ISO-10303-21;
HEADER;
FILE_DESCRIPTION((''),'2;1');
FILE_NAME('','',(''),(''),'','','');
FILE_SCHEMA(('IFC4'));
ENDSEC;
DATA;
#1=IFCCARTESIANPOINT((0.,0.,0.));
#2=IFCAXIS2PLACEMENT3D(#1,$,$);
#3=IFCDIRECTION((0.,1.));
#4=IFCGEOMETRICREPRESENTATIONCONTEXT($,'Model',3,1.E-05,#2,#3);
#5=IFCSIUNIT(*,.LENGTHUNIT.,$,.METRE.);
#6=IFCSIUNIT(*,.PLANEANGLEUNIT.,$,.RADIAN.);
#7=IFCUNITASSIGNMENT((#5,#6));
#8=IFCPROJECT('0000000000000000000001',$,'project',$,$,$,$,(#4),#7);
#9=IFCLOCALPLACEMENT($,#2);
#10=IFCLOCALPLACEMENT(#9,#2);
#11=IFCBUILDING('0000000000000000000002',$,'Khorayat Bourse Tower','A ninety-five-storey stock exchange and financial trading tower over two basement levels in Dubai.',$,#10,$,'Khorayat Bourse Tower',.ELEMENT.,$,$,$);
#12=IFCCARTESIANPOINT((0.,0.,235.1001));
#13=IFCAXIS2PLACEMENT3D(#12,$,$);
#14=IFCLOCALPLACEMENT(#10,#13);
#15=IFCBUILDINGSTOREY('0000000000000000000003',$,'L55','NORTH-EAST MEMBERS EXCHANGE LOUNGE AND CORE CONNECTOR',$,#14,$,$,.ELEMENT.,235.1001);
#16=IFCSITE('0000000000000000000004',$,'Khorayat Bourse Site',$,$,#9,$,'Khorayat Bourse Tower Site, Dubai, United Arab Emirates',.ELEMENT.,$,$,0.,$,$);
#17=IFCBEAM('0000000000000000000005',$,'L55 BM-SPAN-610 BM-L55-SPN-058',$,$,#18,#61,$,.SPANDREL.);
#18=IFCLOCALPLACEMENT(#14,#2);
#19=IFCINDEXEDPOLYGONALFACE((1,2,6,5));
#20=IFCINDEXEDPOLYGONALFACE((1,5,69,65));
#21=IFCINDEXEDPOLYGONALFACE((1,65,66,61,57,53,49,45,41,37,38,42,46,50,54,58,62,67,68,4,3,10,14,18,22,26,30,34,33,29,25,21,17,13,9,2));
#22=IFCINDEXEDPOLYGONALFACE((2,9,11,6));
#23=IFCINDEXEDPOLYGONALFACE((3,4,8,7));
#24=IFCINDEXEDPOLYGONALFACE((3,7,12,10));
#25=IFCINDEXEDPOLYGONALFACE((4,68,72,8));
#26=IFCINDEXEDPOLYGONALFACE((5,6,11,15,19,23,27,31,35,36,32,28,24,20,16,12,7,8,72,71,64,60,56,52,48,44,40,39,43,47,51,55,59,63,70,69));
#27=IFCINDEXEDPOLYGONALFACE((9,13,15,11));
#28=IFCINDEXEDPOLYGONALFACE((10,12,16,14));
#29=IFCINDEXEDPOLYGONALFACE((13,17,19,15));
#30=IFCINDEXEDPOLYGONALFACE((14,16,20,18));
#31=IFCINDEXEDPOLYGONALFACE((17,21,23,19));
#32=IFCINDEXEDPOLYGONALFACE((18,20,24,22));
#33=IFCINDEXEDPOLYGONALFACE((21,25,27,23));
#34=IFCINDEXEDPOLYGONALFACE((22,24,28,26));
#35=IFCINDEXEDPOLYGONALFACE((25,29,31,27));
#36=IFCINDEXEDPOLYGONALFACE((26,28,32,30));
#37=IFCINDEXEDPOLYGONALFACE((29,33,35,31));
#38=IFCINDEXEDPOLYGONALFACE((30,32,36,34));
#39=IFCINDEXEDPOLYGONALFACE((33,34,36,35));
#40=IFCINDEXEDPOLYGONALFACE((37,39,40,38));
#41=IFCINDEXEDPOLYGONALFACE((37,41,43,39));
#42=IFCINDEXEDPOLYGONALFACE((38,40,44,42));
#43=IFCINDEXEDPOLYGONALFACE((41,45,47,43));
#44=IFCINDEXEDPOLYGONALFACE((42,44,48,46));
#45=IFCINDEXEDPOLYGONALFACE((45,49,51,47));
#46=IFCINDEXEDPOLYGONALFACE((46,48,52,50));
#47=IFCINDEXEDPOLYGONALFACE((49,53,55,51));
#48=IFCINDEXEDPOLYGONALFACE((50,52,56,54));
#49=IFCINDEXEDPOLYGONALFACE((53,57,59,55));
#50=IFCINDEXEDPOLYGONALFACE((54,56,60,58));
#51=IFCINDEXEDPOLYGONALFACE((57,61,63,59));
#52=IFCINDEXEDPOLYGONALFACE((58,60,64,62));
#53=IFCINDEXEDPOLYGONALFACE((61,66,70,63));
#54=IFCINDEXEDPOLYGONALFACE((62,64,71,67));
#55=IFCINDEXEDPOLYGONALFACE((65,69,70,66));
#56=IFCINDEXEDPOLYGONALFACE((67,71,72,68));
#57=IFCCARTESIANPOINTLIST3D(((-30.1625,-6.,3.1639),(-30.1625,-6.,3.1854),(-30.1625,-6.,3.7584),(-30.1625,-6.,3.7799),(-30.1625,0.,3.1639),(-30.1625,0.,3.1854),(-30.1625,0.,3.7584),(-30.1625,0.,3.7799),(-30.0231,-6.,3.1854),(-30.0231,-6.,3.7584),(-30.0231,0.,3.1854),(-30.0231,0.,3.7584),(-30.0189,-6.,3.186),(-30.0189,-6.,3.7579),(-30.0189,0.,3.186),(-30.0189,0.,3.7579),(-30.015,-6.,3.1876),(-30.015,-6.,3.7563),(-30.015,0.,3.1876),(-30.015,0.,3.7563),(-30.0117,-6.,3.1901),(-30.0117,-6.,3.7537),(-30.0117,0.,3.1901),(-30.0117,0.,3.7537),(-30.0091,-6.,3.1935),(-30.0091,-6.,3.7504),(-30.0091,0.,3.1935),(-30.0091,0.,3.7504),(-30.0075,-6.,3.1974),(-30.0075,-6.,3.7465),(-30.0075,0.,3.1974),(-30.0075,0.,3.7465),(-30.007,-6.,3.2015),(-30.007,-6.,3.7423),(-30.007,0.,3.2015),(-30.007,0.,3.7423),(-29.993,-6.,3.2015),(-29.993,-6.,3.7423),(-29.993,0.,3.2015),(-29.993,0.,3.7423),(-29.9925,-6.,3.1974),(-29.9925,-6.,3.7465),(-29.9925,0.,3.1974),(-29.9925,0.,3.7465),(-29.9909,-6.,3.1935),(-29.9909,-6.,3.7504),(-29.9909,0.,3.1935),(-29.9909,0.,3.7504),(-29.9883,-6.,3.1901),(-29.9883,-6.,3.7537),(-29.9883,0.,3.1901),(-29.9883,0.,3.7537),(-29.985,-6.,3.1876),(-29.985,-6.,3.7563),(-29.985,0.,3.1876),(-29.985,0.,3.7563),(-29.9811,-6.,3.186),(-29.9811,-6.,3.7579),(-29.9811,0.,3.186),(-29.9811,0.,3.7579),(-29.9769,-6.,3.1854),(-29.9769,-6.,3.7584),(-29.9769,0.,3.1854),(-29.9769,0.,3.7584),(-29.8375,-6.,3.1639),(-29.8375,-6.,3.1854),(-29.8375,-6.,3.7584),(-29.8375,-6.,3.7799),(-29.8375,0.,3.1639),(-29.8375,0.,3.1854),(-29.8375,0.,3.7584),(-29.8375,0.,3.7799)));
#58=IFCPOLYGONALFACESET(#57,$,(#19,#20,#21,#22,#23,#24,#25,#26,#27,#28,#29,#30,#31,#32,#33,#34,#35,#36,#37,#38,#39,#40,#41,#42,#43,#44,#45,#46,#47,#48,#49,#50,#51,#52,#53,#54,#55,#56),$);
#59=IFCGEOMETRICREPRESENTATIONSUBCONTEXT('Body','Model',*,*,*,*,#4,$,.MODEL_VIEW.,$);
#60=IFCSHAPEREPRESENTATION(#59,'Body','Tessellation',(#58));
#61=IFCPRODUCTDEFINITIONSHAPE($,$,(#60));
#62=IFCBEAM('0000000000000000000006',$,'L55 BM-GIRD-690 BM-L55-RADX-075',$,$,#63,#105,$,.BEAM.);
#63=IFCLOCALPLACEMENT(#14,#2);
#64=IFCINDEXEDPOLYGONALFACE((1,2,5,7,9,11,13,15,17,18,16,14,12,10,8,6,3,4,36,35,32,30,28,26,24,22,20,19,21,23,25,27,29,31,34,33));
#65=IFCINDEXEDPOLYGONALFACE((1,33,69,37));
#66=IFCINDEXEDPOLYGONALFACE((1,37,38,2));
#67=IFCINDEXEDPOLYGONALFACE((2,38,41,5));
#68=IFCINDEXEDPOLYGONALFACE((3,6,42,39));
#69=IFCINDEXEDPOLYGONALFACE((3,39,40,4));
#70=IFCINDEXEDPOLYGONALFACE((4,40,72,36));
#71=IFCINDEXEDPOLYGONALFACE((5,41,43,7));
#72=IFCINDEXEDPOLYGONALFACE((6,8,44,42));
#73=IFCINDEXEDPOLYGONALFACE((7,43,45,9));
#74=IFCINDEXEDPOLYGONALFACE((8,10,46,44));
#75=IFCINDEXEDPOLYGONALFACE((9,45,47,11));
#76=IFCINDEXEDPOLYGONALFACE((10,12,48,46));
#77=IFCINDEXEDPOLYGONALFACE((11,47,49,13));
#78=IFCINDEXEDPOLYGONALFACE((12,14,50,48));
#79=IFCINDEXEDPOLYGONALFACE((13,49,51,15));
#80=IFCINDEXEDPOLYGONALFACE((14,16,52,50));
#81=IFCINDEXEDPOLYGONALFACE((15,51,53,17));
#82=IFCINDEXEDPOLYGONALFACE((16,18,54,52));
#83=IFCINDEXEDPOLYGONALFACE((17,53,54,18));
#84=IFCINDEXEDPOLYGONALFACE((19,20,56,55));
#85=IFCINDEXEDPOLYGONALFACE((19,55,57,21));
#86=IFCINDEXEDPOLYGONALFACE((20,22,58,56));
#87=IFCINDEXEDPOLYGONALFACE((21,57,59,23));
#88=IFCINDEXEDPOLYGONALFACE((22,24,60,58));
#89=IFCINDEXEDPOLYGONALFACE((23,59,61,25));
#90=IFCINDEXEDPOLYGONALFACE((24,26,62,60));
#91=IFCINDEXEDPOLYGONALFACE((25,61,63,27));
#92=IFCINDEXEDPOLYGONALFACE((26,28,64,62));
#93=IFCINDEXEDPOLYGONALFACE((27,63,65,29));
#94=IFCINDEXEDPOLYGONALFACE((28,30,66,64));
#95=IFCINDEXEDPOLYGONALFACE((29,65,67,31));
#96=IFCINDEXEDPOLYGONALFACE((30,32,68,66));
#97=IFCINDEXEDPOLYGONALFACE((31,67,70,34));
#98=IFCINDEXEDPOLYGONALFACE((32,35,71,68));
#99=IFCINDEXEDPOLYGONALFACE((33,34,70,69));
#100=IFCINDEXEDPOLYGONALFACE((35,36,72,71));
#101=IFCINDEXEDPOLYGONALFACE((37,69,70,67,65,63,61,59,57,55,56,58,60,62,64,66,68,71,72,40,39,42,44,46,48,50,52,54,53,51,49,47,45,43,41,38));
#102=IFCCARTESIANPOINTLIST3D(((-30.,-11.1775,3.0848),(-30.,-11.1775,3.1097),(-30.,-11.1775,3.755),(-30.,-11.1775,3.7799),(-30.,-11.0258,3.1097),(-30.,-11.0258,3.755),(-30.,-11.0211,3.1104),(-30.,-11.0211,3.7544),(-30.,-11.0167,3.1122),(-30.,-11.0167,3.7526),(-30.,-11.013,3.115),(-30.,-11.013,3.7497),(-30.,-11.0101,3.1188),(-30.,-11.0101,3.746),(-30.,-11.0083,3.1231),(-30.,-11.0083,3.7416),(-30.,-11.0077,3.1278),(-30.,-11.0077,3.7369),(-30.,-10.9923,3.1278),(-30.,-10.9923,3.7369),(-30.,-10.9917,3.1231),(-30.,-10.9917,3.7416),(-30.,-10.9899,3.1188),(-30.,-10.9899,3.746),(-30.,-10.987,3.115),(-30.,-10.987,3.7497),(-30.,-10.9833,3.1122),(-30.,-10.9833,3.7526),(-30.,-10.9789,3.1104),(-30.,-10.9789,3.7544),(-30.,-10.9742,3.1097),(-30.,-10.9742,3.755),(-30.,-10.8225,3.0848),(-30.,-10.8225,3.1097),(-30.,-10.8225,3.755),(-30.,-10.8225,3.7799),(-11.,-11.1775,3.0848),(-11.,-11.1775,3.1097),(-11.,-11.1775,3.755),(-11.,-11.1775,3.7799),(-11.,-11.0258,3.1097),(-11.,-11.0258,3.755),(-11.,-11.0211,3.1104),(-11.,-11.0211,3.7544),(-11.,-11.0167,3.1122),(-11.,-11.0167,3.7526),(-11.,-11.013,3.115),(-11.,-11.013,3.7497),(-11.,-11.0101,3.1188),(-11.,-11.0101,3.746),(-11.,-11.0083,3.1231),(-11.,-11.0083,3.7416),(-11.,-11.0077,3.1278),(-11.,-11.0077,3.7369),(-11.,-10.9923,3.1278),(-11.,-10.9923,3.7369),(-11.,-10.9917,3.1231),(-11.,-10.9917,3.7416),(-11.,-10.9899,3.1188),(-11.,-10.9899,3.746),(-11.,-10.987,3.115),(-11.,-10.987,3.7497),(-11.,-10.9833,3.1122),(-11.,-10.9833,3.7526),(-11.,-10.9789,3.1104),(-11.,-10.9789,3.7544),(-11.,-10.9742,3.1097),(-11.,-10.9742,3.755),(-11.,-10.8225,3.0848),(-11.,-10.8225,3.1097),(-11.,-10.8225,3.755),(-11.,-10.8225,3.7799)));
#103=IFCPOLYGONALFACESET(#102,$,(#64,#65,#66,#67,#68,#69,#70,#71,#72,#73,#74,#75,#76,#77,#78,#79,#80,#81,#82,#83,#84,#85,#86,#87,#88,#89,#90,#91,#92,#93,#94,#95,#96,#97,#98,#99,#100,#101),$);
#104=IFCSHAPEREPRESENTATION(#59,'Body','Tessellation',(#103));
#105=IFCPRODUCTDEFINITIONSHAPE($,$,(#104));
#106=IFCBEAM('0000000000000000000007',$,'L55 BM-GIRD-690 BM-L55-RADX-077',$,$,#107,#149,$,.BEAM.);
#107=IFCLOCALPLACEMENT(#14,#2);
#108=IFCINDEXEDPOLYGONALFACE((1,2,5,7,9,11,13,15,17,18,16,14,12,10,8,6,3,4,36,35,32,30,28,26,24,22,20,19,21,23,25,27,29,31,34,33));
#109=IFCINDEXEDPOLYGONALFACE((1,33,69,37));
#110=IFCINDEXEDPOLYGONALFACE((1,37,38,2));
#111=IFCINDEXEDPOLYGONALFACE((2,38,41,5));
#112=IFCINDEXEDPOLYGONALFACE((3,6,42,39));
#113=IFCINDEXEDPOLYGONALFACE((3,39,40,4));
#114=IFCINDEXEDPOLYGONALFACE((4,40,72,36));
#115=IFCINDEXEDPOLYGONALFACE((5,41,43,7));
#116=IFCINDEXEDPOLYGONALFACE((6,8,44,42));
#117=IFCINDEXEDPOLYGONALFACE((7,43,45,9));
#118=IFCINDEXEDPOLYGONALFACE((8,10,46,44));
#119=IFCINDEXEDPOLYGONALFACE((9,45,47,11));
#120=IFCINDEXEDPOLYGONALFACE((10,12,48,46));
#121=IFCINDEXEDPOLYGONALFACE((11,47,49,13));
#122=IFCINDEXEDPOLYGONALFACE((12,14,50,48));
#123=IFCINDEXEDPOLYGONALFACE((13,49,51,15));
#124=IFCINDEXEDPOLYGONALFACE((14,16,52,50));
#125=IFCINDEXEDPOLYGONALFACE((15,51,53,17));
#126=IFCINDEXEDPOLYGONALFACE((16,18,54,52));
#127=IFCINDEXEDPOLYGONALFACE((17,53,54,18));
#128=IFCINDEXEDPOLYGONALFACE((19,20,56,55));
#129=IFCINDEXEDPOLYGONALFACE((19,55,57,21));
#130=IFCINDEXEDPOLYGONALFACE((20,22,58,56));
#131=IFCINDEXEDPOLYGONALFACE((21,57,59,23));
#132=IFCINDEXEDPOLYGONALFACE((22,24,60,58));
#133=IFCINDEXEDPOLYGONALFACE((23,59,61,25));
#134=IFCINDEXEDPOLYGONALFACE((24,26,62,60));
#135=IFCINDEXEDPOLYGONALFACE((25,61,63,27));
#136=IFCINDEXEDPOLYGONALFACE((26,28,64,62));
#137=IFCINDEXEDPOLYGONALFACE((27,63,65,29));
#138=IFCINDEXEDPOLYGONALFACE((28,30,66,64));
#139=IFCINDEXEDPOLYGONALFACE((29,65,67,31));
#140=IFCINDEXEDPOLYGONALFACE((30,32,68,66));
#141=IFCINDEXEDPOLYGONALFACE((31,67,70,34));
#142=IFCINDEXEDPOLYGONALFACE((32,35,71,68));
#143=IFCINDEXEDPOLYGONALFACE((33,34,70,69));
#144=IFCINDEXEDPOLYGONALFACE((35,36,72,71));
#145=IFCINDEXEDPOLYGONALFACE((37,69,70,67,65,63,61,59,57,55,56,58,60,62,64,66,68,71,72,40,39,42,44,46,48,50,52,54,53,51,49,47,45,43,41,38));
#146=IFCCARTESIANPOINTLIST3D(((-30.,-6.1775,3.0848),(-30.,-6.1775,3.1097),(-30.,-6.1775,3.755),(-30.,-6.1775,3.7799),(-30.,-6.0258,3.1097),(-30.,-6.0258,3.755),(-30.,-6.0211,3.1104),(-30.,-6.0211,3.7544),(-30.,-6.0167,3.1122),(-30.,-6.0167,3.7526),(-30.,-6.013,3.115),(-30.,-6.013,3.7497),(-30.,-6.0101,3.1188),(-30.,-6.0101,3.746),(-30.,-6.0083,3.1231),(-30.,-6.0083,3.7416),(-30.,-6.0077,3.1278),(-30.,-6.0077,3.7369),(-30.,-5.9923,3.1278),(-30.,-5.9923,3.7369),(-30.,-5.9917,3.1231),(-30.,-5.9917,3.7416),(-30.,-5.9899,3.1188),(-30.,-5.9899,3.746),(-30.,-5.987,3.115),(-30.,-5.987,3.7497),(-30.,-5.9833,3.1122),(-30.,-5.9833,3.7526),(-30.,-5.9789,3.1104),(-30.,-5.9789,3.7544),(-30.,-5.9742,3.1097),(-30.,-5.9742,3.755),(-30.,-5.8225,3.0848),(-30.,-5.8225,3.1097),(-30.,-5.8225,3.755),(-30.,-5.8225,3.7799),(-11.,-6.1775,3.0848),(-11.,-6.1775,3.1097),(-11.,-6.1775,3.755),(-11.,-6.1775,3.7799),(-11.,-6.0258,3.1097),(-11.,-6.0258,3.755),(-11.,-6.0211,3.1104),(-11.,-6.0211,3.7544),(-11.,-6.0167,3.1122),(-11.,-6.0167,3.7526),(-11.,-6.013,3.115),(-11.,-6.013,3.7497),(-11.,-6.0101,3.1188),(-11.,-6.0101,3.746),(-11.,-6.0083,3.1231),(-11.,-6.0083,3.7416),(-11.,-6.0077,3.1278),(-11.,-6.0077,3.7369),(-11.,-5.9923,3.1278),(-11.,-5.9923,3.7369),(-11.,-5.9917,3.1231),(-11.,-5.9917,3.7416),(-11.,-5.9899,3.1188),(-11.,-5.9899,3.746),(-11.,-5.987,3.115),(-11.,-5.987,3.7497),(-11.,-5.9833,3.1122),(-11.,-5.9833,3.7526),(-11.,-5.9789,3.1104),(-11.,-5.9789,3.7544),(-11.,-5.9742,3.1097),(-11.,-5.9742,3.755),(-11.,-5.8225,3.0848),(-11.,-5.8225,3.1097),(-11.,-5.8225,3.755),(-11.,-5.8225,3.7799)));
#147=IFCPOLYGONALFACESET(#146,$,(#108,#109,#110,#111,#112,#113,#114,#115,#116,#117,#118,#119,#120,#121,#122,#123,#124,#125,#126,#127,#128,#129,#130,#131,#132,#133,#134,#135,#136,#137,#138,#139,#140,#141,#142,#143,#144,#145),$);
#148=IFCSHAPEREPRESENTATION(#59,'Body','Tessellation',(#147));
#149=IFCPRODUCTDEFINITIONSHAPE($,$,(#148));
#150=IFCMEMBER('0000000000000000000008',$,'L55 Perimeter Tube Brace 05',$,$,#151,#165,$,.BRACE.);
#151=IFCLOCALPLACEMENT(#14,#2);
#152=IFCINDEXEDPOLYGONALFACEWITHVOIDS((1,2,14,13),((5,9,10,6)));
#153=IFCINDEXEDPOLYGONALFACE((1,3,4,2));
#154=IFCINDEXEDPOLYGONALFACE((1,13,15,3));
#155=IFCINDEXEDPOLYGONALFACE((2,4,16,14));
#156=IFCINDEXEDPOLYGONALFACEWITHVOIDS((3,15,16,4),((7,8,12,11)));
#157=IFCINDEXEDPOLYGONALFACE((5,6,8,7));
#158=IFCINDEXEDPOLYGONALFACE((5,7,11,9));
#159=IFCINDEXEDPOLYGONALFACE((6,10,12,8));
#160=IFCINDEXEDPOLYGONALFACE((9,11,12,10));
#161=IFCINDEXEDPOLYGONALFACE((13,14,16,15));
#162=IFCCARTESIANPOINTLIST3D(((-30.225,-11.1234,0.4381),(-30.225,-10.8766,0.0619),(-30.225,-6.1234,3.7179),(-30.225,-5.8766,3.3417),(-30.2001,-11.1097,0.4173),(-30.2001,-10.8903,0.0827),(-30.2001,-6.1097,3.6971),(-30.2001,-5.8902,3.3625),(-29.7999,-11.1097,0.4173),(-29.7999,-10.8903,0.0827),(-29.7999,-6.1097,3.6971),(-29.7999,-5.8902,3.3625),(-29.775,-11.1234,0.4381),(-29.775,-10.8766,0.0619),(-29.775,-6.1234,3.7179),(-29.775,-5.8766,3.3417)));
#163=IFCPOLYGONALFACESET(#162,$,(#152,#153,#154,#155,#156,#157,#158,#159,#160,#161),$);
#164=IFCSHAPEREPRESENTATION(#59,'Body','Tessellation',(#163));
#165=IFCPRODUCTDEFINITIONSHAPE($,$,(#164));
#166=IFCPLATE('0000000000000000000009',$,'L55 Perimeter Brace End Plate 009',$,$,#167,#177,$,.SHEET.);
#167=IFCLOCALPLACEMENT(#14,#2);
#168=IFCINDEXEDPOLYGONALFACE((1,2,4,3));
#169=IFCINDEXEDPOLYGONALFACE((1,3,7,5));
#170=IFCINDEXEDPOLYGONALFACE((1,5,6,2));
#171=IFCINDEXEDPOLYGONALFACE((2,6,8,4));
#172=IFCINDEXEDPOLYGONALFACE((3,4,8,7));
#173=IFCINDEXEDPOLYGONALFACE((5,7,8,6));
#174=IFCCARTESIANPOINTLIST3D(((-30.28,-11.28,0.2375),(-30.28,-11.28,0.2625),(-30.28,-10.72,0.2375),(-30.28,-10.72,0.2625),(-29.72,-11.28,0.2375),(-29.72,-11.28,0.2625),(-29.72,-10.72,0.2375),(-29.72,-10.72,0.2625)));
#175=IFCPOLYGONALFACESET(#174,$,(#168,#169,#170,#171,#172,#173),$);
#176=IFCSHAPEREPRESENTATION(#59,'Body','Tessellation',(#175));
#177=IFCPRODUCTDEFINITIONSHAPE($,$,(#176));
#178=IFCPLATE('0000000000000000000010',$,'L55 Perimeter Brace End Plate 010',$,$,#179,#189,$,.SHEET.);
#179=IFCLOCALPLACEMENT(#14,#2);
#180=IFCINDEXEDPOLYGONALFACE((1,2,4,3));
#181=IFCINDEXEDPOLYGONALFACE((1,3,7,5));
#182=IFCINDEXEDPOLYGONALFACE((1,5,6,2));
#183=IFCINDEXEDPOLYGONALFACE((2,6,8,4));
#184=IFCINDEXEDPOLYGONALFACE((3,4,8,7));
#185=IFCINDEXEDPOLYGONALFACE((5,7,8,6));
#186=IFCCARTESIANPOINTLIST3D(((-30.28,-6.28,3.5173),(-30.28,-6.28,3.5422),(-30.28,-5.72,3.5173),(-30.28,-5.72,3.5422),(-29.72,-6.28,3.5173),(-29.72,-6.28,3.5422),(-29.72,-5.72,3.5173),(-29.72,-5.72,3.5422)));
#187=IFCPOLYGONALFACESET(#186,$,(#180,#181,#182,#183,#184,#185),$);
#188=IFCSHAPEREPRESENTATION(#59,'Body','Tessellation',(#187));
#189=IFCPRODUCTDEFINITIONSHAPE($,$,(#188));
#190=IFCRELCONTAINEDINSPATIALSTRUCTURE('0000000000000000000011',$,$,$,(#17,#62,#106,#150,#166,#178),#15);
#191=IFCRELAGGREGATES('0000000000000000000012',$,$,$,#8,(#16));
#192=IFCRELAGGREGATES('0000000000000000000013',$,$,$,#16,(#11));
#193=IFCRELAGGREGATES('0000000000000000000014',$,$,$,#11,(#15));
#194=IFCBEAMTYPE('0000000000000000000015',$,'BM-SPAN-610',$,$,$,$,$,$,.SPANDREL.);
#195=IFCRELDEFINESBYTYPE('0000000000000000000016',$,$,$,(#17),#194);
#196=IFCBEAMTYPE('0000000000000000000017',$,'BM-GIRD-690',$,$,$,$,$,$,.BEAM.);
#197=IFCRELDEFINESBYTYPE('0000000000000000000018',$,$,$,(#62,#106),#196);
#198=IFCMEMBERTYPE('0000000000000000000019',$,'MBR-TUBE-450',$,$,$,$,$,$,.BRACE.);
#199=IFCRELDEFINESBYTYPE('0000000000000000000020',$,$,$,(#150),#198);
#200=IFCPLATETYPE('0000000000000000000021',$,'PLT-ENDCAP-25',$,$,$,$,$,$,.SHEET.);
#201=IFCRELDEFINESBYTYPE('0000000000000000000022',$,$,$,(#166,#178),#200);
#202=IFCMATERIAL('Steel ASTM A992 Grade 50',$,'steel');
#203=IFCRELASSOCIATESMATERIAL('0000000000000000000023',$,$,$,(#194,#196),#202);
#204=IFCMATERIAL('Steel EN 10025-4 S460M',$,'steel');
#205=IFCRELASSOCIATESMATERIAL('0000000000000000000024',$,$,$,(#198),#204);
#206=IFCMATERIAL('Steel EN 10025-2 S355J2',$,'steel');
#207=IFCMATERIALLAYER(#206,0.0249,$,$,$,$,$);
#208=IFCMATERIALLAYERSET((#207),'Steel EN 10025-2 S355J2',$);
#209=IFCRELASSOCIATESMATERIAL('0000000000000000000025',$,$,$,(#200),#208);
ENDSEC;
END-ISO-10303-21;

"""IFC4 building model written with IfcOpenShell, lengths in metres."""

from ifc_helpers import new_model, si_unit, direction, frame, origin, origin_2d, place, context, subcontext, project, spatial, rectangle, hollow_rectangle, i_section, extrude, source, transform, mapped, material, layer, layer_set, material_profile, profile_set, type_object, element, save


model = new_model("IFC4")

# Units and contexts
model_context = context("Model", 3, precision=1e-05, world=origin(), true_north=direction((0.0, 1.0)))
body_context = subcontext(model_context, "Body", "Model", "MODEL_VIEW")
ifc_project = project(units=[si_unit("LENGTHUNIT", "METRE"), si_unit("PLANEANGLEUNIT", "RADIAN")], contexts=[model_context])

# Site, building, storey
site_placement = place(None, origin())
site = spatial("IfcSite", under=ifc_project, at=site_placement, Name="Khorayat Bourse Site", LongName="Khorayat Bourse Tower Site, Dubai, United Arab Emirates", CompositionType="ELEMENT", RefElevation=0.0)
building_placement = place(site_placement, origin())
building = spatial("IfcBuilding", under=site, at=building_placement, Name="Khorayat Bourse Tower", Description="A ninety-five-storey stock exchange and financial trading tower over two basement levels in Dubai.", LongName="Khorayat Bourse Tower", CompositionType="ELEMENT")
storey_placement = place(building_placement, frame((0.0, 0.0, 235.1001)))
storey = spatial("IfcBuildingStorey", under=building, at=storey_placement, Name="L55", Description="NORTH-EAST MEMBERS EXCHANGE LOUNGE AND CORE CONNECTOR", CompositionType="ELEMENT", Elevation=235.1001)

# Shared definitions
ifc_material_1 = material(Name="Steel EN 10025-4 S460M", Category="steel")

# Beams
ifc_material_2 = material(Name="Steel ASTM A992 Grade 50", Category="steel")
ifc_material_profile_1 = material_profile(ifc_material_2, i_section(OverallWidth=0.325, OverallDepth=0.616, WebThickness=0.0139, FlangeThickness=0.0215, FilletRadius=0.0161, at=origin_2d()), Name="W610X174")
ifc_profile_set_1 = profile_set([ifc_material_profile_1], Name="Steel ASTM A992 Grade 50")
beam_type_1 = type_object("IfcBeamType", Name="BM-SPAN-610", PredefinedType="SPANDREL", material=ifc_profile_set_1)
shared_shape_1 = source(origin(), body_context, "Body", "SweptSolid", [
    extrude(i_section(OverallWidth=0.325, OverallDepth=0.616, WebThickness=0.0139, FlangeThickness=0.0215, FilletRadius=0.0161, at=origin_2d()), origin(), (0.0, 0.0, 1.0), 6.0),
])
beam_1_placement = place(storey_placement, frame((-30.0, -6.0, 3.4719), z_axis=(0.0, 1.0, 0.0), x_axis=(-1.0, 0.0, 0.0)))
element("IfcBeam", 1, at=beam_1_placement, inside=storey, type_object=beam_type_1, Name="L55 BM-SPAN-610 BM-L55-SPN-058", PredefinedType="SPANDREL", context=body_context, shape_type="MappedRepresentation", body=[
    mapped(shared_shape_1, transform((0.0, 0.0, 0.0), scale=1.0)),
])
ifc_material_profile_2 = material_profile(ifc_material_2, i_section(OverallWidth=0.355, OverallDepth=0.6951, WebThickness=0.0154, FlangeThickness=0.0249, FilletRadius=0.0181, at=origin_2d()), Name="W690X217")
ifc_profile_set_2 = profile_set([ifc_material_profile_2], Name="Steel ASTM A992 Grade 50")
beam_type_2 = type_object("IfcBeamType", Name="BM-GIRD-690", PredefinedType="BEAM", material=ifc_profile_set_2)
shared_shape_2 = source(origin(), body_context, "Body", "SweptSolid", [
    extrude(i_section(OverallWidth=0.355, OverallDepth=0.6951, WebThickness=0.0154, FlangeThickness=0.0249, FilletRadius=0.0181, at=origin_2d()), origin(), (0.0, 0.0, 1.0), 19.0),
])
for number, where, z_axis, x_axis, name in (
    (2, (-30.0, -11.0, 3.4324), (1.0, 0.0, 0.0), (0.0, 1.0, 0.0), "L55 BM-GIRD-690 BM-L55-RADX-075"),
    (3, (-30.0, -6.0, 3.4324), (1.0, 0.0, 0.0), (0.0, 1.0, 0.0), "L55 BM-GIRD-690 BM-L55-RADX-077"),
):
    element("IfcBeam", number, at=place(storey_placement, frame(where, z_axis=z_axis, x_axis=x_axis)), inside=storey, type_object=beam_type_2, Name=name, PredefinedType="BEAM", context=body_context, shape_type="MappedRepresentation", body=[
        mapped(shared_shape_2, transform((0.0, 0.0, 0.0), scale=1.0)),
    ])

# Member
ifc_material_profile_3 = material_profile(ifc_material_1, hollow_rectangle(XDim=0.45, YDim=0.45, WallThickness=0.0249, at=origin_2d()), Name="HSS 450x450x25")
ifc_profile_set_3 = profile_set([ifc_material_profile_3], Name="Steel EN 10025-4 S460M")
member_type = type_object("IfcMemberType", Name="MBR-TUBE-450", PredefinedType="BRACE", material=ifc_profile_set_3)
shared_shape_3 = source(origin(), body_context, "Body", "SweptSolid", [
    extrude(hollow_rectangle(XDim=0.45, YDim=0.45, WallThickness=0.0249, at=origin_2d()), origin(), (0.0, 0.0, 1.0), 5.9797),
])
member_placement = place(storey_placement, frame((-30.0, -11.0, 0.25), z_axis=(0.0, 0.83616, 0.548485), x_axis=(-1.0, 0.0, 0.0)))
element("IfcMember", 4, at=member_placement, inside=storey, type_object=member_type, Name="L55 Perimeter Tube Brace 05", PredefinedType="BRACE", context=body_context, shape_type="MappedRepresentation", body=[
    mapped(shared_shape_3, transform((0.0, 0.0, 0.0), scale=1.0)),
])

# Plates
ifc_material_3 = material(Name="Steel EN 10025-2 S355J2", Category="steel")
ifc_layer_1 = layer(ifc_material_3, 0.0249)
ifc_layer_set_1 = layer_set([ifc_layer_1], Name="Steel EN 10025-2 S355J2")
plate_type_1 = type_object("IfcPlateType", Name="PLT-ENDCAP-25", PredefinedType="SHEET", material=ifc_layer_set_1)
shared_shape_4 = source(origin(), body_context, "Body", "SweptSolid", [
    extrude(rectangle(XDim=0.5601, YDim=0.5601, at=origin_2d()), origin(), (0.0, 0.0, 1.0), 0.0249),
])
for number, where, z_axis, x_axis, name in (
    (5, (-30.0, -11.0, 0.2375), (0.0, 0.0, 1.0), (1.0, 0.0, 0.0), "L55 Perimeter Brace End Plate 009"),
    (6, (-30.0, -6.0, 3.5173), (0.0, 0.0, 1.0), (1.0, 0.0, 0.0), "L55 Perimeter Brace End Plate 010"),
):
    element("IfcPlate", number, at=place(storey_placement, frame(where, z_axis=z_axis, x_axis=x_axis)), inside=storey, type_object=plate_type_1, Name=name, PredefinedType="SHEET", context=body_context, shape_type="MappedRepresentation", body=[
        mapped(shared_shape_4, transform((0.0, 0.0, 0.0), scale=1.0)),
    ])

save(model, "model.ifc")
